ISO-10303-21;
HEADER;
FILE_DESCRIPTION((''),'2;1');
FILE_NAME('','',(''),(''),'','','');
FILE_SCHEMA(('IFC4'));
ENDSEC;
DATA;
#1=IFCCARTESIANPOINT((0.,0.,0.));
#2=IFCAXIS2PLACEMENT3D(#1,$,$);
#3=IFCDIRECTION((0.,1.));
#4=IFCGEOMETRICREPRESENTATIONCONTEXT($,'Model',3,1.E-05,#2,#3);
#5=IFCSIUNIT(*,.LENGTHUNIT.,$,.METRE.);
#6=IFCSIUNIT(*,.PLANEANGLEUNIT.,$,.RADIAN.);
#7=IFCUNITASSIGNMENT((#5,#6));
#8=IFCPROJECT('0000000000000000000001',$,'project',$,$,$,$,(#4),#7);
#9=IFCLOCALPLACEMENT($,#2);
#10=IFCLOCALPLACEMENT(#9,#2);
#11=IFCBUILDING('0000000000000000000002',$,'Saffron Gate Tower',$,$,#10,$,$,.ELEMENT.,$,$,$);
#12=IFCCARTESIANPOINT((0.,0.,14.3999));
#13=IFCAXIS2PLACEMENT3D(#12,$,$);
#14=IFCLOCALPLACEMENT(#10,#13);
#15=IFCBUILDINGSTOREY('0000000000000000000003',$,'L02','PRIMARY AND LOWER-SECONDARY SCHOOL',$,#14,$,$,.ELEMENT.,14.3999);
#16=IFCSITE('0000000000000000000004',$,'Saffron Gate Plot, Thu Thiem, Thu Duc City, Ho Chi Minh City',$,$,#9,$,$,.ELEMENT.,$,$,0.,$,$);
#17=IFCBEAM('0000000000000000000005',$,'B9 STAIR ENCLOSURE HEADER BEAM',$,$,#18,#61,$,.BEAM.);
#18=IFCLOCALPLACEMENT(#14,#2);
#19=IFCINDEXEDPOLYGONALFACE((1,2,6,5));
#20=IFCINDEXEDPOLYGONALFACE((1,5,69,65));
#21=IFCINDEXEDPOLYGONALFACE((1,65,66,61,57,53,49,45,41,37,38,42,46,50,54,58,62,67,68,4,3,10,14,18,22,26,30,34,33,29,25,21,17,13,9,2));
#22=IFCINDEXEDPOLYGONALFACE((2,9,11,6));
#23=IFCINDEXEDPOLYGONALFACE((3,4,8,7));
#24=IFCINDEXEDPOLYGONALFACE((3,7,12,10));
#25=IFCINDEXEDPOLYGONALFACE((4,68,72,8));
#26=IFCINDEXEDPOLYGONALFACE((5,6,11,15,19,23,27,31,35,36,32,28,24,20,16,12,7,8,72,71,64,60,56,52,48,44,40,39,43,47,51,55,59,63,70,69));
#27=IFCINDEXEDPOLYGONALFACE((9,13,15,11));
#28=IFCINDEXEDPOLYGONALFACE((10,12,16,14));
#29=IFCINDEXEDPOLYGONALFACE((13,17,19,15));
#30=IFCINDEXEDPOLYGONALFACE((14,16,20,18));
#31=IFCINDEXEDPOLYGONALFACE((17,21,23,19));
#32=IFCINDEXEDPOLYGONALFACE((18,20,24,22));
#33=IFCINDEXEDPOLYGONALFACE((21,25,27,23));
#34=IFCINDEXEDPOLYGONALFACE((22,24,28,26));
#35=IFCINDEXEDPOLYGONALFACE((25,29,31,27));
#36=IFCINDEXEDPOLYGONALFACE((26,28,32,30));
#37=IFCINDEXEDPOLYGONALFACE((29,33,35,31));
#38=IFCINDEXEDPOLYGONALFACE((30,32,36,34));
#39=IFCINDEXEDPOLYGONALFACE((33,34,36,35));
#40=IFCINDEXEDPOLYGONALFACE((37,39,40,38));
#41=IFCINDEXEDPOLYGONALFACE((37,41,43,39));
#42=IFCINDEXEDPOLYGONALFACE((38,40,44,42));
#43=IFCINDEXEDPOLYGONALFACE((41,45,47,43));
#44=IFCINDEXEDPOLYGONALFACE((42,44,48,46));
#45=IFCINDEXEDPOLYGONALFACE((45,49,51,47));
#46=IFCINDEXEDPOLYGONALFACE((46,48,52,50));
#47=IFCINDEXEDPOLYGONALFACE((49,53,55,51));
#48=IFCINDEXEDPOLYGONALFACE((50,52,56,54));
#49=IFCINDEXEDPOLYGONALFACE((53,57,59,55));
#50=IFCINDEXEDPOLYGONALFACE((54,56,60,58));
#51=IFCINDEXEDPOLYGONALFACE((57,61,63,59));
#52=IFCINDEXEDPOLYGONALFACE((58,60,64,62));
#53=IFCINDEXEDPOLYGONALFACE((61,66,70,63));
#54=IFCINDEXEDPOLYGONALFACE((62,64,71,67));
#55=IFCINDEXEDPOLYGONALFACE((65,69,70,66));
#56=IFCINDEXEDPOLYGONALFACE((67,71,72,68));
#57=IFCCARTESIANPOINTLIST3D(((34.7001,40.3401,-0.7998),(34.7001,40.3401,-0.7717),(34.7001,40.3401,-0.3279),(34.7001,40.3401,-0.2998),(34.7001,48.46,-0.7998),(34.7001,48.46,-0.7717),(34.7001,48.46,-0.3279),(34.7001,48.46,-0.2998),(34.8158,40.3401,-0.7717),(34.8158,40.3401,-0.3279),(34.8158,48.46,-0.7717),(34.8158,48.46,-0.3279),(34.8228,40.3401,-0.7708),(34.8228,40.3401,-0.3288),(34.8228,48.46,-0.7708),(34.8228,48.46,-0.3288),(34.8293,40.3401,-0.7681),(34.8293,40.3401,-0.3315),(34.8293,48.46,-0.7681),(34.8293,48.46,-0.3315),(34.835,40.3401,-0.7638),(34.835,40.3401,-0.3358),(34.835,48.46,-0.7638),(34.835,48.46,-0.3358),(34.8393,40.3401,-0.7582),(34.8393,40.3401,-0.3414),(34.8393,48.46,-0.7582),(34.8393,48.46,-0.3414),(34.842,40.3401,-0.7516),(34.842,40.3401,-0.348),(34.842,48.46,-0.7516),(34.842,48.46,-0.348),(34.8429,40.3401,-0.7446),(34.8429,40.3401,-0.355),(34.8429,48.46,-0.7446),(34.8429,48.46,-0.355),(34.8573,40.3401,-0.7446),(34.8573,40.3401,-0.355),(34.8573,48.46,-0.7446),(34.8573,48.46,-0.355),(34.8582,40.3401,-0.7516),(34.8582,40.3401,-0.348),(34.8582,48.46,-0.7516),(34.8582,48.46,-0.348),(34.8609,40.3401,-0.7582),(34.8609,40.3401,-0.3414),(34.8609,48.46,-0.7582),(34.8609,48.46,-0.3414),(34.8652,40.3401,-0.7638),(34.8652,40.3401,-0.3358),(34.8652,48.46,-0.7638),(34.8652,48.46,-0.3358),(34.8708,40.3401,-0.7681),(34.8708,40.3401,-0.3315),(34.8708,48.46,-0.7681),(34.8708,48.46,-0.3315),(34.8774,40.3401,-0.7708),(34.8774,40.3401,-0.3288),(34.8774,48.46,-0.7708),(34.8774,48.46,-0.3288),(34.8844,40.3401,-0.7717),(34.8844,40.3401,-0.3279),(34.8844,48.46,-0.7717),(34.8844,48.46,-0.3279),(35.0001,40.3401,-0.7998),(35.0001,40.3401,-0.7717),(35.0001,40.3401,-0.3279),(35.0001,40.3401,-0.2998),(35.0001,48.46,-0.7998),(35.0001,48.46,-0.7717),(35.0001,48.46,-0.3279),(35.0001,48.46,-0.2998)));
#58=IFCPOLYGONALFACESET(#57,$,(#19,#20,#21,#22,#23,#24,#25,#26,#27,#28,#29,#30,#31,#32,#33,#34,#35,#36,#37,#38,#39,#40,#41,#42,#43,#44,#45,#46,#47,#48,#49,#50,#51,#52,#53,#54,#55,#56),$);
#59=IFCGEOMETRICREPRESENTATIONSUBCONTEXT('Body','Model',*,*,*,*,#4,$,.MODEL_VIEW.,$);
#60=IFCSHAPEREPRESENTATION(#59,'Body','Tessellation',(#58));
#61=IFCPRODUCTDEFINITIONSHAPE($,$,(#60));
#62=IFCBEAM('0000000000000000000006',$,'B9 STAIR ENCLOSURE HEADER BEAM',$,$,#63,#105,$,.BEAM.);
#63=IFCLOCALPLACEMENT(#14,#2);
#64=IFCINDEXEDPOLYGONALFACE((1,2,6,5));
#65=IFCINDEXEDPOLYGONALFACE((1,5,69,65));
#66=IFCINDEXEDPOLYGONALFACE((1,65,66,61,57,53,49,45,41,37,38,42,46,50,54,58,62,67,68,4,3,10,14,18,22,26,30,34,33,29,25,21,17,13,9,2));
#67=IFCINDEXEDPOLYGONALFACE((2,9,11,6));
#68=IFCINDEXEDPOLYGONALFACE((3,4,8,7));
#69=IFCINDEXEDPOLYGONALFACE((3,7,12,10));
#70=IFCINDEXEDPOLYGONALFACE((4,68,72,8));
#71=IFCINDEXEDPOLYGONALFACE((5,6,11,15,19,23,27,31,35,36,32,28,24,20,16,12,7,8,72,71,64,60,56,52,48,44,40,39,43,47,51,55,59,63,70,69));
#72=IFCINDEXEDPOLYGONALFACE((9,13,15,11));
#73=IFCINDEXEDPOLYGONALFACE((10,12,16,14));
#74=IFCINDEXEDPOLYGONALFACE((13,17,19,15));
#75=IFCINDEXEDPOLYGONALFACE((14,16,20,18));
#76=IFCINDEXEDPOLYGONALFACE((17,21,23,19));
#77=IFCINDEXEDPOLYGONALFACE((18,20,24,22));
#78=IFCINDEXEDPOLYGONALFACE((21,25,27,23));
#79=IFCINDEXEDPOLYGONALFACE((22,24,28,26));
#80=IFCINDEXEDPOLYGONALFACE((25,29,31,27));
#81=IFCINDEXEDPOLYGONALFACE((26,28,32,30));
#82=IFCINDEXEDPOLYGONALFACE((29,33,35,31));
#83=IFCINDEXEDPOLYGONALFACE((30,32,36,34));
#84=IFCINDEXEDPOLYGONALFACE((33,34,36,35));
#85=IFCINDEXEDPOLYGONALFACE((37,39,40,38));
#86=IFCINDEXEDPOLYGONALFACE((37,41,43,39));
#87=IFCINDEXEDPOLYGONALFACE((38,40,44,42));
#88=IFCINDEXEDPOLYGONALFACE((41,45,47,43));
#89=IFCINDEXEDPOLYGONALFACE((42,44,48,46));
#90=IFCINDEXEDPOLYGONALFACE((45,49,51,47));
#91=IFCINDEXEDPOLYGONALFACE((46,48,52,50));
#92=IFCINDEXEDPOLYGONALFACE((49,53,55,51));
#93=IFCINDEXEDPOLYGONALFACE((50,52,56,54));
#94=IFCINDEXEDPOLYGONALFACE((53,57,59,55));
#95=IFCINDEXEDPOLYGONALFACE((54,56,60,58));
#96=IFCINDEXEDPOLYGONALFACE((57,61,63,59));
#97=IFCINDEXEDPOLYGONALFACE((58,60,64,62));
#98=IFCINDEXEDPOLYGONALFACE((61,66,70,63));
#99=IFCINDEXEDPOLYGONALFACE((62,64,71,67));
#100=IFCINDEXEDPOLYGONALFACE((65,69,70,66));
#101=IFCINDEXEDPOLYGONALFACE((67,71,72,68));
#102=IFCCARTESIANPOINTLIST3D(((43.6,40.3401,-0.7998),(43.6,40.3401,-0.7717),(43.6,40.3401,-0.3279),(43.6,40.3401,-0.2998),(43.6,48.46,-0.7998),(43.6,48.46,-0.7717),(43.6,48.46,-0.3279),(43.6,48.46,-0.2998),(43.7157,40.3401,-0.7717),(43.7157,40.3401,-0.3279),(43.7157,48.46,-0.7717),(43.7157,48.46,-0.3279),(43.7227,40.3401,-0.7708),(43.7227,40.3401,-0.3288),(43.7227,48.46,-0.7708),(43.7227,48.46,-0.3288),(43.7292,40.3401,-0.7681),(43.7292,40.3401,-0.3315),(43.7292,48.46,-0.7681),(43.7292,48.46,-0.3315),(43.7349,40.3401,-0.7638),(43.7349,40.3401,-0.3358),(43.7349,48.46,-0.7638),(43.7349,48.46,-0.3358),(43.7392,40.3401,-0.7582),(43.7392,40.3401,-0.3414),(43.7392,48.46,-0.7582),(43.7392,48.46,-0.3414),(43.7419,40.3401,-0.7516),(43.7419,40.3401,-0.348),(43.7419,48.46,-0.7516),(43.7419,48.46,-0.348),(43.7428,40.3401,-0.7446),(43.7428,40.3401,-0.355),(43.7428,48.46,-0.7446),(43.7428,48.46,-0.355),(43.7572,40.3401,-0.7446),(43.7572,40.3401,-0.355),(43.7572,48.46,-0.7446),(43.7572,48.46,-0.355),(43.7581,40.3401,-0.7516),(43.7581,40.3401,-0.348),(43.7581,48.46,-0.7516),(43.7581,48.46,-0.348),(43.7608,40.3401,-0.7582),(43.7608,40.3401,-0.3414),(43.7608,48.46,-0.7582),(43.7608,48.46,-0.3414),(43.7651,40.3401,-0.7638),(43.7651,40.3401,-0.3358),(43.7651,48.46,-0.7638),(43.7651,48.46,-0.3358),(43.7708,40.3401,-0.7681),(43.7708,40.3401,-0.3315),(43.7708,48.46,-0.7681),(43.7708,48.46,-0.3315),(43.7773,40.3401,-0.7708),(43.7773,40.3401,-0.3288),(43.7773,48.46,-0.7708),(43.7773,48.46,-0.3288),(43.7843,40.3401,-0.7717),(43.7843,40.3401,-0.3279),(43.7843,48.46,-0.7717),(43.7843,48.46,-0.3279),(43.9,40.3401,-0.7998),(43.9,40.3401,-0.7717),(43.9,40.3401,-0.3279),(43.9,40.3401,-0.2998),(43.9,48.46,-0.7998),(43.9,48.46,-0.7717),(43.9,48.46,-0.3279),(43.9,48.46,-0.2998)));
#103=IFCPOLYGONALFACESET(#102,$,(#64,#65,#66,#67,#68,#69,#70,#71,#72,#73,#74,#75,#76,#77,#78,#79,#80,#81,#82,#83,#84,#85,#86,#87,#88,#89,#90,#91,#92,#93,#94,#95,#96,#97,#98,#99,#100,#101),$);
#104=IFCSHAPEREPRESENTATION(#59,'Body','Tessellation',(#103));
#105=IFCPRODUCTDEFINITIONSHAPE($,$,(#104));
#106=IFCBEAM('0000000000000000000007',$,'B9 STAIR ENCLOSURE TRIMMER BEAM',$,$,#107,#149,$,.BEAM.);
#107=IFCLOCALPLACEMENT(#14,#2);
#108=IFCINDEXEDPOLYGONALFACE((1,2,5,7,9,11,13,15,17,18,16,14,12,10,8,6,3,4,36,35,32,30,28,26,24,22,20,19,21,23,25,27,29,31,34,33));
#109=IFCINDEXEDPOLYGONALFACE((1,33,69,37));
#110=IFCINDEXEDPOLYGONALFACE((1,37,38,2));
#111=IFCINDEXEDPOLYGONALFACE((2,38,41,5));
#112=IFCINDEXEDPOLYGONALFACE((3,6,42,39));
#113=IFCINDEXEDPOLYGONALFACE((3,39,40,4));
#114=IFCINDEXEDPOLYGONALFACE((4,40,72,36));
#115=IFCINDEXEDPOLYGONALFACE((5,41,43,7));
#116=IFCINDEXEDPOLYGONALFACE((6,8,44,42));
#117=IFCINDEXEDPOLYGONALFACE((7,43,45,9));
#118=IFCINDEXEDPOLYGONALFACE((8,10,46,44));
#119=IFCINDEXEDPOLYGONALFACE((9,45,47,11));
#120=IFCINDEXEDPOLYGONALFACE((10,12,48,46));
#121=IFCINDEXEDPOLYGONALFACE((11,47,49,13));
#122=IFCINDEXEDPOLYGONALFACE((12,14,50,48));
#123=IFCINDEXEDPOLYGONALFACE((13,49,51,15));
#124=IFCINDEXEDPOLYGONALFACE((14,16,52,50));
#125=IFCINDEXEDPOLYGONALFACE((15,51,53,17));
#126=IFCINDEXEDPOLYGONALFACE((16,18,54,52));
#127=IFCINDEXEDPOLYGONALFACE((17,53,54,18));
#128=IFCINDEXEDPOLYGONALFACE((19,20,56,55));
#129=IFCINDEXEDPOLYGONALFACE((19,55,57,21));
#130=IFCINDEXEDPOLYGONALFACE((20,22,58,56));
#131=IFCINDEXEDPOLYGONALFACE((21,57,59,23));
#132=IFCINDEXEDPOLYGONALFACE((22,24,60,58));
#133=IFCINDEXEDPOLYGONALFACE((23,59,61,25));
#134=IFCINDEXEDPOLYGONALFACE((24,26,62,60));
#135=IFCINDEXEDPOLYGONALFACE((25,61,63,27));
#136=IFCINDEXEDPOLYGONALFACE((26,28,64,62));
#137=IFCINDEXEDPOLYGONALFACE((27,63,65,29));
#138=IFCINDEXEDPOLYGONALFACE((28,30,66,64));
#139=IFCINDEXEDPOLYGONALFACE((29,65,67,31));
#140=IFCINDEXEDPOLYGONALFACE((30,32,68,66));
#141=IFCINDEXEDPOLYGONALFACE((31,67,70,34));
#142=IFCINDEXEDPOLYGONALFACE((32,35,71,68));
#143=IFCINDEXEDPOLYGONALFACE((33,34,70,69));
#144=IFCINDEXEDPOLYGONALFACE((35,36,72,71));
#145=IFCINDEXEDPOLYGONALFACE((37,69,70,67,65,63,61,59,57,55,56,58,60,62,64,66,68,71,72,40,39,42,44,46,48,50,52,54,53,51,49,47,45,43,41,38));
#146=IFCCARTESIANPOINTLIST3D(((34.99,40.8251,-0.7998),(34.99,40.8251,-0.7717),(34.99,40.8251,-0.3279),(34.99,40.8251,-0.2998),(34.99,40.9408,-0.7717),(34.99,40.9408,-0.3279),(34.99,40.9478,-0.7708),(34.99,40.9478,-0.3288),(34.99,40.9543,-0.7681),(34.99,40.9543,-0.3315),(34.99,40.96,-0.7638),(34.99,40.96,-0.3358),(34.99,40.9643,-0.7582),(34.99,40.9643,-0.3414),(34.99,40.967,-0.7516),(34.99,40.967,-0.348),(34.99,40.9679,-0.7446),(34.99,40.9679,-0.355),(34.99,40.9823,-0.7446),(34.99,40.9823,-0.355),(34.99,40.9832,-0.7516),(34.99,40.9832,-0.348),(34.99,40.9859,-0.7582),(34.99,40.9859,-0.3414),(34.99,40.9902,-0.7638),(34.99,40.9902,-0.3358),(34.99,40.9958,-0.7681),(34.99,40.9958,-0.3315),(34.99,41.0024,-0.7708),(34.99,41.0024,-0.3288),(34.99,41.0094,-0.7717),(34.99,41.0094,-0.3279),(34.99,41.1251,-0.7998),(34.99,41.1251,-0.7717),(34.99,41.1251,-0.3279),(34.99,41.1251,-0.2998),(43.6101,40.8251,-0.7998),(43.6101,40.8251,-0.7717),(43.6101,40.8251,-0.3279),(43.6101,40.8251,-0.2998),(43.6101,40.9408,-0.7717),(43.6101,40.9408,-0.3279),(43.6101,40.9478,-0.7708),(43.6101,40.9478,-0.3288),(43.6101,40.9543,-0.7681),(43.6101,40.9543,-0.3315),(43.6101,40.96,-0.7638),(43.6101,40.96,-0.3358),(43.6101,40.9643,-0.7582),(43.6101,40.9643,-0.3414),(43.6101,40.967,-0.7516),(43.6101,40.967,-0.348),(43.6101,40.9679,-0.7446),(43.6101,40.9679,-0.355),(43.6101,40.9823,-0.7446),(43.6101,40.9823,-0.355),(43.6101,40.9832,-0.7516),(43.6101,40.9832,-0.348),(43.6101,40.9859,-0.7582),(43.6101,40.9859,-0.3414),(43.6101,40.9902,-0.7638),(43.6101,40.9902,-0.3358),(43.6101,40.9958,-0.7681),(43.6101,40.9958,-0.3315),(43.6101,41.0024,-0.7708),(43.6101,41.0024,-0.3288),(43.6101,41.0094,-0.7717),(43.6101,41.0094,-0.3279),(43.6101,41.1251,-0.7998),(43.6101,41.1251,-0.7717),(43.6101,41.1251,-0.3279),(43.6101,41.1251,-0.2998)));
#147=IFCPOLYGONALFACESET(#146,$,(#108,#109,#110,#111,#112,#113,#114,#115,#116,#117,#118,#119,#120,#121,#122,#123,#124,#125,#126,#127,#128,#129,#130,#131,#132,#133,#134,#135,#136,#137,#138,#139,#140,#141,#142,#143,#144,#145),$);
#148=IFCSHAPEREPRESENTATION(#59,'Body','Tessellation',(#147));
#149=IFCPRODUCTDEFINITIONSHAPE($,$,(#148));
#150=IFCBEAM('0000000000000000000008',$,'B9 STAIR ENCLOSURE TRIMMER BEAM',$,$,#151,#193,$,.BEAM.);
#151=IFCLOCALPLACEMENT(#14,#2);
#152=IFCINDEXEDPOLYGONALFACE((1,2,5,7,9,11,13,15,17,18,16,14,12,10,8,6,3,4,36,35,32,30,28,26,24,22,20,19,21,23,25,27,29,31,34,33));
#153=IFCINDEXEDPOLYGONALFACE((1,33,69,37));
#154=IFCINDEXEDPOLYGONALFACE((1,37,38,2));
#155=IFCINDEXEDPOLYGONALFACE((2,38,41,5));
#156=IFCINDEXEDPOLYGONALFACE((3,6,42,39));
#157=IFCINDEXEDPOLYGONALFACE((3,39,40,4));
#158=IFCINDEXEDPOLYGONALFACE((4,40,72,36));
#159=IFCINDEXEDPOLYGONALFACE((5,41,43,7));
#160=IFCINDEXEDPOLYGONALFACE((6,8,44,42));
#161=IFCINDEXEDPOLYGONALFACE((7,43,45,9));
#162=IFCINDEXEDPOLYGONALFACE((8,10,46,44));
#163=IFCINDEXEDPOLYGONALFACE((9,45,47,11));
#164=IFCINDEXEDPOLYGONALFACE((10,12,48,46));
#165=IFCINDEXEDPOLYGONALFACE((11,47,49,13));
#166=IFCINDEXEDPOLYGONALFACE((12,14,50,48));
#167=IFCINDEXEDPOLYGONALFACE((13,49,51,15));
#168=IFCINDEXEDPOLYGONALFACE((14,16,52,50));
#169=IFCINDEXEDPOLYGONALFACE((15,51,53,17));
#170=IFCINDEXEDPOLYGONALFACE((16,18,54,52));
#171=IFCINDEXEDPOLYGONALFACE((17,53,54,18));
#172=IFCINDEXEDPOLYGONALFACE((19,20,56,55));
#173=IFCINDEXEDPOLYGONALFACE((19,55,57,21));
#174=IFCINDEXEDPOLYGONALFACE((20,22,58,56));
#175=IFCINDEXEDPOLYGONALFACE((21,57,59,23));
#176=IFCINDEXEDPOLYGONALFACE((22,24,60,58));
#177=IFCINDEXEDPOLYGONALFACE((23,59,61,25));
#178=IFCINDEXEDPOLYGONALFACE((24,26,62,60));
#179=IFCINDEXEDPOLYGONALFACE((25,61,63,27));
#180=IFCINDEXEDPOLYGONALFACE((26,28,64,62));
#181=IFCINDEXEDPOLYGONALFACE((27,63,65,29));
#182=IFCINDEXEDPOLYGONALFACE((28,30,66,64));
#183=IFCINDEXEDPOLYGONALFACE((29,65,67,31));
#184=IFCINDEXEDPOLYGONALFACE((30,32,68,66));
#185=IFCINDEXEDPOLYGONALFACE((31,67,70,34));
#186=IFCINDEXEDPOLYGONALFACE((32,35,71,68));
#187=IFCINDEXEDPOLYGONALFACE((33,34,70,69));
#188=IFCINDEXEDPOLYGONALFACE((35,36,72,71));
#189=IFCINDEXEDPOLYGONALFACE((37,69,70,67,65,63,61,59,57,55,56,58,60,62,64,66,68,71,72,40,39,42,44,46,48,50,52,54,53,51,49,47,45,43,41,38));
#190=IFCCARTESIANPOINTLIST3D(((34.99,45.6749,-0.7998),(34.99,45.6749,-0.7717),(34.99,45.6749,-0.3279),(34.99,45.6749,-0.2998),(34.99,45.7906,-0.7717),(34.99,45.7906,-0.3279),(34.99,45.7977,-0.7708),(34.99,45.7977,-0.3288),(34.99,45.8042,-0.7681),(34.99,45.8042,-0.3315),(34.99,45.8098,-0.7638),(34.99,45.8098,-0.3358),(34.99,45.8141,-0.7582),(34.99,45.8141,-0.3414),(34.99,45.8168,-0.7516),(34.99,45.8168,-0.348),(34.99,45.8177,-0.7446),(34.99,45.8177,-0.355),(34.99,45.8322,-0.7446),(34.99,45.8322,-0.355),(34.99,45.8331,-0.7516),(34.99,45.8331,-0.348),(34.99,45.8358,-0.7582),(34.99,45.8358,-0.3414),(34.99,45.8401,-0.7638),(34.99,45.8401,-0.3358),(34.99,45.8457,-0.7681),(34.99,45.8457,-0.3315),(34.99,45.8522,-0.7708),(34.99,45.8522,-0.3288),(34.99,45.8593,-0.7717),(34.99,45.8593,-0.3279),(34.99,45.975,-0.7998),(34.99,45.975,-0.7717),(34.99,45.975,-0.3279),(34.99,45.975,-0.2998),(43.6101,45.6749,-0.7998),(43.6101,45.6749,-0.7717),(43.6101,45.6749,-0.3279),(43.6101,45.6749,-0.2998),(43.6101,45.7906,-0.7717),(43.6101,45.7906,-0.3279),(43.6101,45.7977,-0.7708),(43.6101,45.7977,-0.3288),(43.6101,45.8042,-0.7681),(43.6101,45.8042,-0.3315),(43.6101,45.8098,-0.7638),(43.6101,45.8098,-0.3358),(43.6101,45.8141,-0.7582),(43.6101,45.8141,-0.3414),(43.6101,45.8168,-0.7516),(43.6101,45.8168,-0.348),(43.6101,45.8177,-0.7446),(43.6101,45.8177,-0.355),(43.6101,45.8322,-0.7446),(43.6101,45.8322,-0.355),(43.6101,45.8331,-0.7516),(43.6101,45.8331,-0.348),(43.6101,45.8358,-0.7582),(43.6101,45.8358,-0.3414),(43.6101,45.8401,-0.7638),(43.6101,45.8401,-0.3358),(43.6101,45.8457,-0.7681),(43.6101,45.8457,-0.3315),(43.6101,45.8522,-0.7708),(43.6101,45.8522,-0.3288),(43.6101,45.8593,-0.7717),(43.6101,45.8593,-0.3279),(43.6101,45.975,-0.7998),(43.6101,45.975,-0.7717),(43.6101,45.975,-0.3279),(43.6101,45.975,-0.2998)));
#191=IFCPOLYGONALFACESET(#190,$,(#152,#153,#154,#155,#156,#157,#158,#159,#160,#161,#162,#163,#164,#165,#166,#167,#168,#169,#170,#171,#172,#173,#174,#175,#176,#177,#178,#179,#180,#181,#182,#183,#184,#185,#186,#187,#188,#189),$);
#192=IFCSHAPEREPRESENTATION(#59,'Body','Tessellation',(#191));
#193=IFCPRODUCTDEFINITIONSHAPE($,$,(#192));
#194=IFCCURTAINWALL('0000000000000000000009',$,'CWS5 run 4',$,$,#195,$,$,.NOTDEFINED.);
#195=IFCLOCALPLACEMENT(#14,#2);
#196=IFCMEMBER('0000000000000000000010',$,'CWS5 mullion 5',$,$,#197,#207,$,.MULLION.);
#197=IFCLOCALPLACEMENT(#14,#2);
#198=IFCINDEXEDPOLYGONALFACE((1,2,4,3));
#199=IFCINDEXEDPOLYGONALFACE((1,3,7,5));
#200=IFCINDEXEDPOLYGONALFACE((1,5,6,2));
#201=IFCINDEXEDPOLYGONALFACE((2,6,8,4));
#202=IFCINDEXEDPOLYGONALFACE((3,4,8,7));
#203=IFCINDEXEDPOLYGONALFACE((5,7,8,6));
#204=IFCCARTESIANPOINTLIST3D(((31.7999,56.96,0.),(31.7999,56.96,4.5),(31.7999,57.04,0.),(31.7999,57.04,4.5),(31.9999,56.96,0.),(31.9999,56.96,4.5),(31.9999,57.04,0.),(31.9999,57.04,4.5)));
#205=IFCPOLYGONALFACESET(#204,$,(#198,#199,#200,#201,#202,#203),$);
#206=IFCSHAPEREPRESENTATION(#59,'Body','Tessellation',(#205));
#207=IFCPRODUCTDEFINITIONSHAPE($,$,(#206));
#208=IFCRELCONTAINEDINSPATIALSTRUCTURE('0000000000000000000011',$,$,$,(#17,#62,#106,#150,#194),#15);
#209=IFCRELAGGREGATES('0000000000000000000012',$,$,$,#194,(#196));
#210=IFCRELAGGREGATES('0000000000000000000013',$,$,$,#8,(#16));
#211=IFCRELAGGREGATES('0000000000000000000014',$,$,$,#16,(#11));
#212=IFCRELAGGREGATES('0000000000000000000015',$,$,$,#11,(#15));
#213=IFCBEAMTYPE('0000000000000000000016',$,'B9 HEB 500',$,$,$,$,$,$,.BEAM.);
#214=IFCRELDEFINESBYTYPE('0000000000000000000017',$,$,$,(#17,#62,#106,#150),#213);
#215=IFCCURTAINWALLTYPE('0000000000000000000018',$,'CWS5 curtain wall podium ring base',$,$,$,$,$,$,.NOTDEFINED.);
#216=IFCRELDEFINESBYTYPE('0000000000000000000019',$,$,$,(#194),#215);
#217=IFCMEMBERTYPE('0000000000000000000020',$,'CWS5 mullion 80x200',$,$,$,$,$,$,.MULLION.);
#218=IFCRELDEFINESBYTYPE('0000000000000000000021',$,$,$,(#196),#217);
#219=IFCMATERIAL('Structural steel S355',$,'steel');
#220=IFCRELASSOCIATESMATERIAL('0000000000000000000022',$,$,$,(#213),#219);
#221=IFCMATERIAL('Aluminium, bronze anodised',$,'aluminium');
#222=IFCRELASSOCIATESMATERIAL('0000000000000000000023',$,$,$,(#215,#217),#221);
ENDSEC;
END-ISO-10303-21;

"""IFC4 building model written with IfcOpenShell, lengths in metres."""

from ifc_helpers import new_model, si_unit, direction, frame, origin, origin_2d, place, context, subcontext, project, spatial, rectangle, i_section, extrude, material, material_profile, profile_set, type_object, element, aggregate, save


model = new_model("IFC4")

# Units and contexts
model_context = context("Model", 3, precision=1e-05, world=origin(), true_north=direction((0.0, 1.0)))
body_context = subcontext(model_context, "Body", "Model", "MODEL_VIEW")
ifc_project = project(units=[si_unit("LENGTHUNIT", "METRE"), si_unit("PLANEANGLEUNIT", "RADIAN")], contexts=[model_context])

# Site, building, storey
site_placement = place(None, origin())
site = spatial("IfcSite", under=ifc_project, at=site_placement, Name="Saffron Gate Plot, Thu Thiem, Thu Duc City, Ho Chi Minh City", CompositionType="ELEMENT", RefElevation=0.0)
building_placement = place(site_placement, origin())
building = spatial("IfcBuilding", under=site, at=building_placement, Name="Saffron Gate Tower", CompositionType="ELEMENT")
storey_placement = place(building_placement, frame((0.0, 0.0, 14.3999)))
storey = spatial("IfcBuildingStorey", under=building, at=storey_placement, Name="L02", Description="PRIMARY AND LOWER-SECONDARY SCHOOL", CompositionType="ELEMENT", Elevation=14.3999)

# Beams
ifc_material_1 = material(Name="Structural steel S355", Category="steel")
ifc_material_profile_1 = material_profile(ifc_material_1, i_section(OverallWidth=0.3, OverallDepth=0.5, WebThickness=0.0144, FlangeThickness=0.0281, FilletRadius=0.0271, at=origin_2d()))
ifc_profile_set_1 = profile_set([ifc_material_profile_1], Name="Structural steel S355")
beam_type_1 = type_object("IfcBeamType", Name="B9 HEB 500", PredefinedType="BEAM", material=ifc_profile_set_1)
for number, where, z_axis, x_axis, name in (
    (1, (34.8501, 40.3401, -0.5498), (0.0, 1.0, 0.0), (-1.0, 0.0, 0.0), "B9 STAIR ENCLOSURE HEADER BEAM"),
    (2, (43.75, 40.3401, -0.5498), (0.0, 1.0, 0.0), (-1.0, 0.0, 0.0), "B9 STAIR ENCLOSURE HEADER BEAM"),
):
    element("IfcBeam", number, at=place(storey_placement, frame(where, z_axis=z_axis, x_axis=x_axis)), inside=storey, type_object=beam_type_1, Name=name, PredefinedType="BEAM", context=body_context, shape_type="SweptSolid", body=[
        extrude(i_section(OverallWidth=0.3, OverallDepth=0.5, WebThickness=0.0144, FlangeThickness=0.0281, FilletRadius=0.0271, at=origin_2d()), origin(), (0.0, 0.0, 1.0), 8.1199),
    ])
for number, where, z_axis, x_axis, name in (
    (3, (34.99, 40.9751, -0.5498), (1.0, 0.0, 0.0), (0.0, 1.0, 0.0), "B9 STAIR ENCLOSURE TRIMMER BEAM"),
    (4, (34.99, 45.825, -0.5498), (1.0, 0.0, 0.0), (0.0, 1.0, 0.0), "B9 STAIR ENCLOSURE TRIMMER BEAM"),
):
    element("IfcBeam", number, at=place(storey_placement, frame(where, z_axis=z_axis, x_axis=x_axis)), inside=storey, type_object=beam_type_1, Name=name, PredefinedType="BEAM", context=body_context, shape_type="SweptSolid", body=[
        extrude(i_section(OverallWidth=0.3, OverallDepth=0.5, WebThickness=0.0144, FlangeThickness=0.0281, FilletRadius=0.0271, at=origin_2d()), origin(), (0.0, 0.0, 1.0), 8.6201),
    ])

# Curtain wall, member
ifc_material_2 = material(Name="Aluminium, bronze anodised", Category="aluminium")
curtain_wall_type = type_object("IfcCurtainWallType", Name="CWS5 curtain wall podium ring base", PredefinedType="NOTDEFINED", material=ifc_material_2)
curtain_wall_placement = place(storey_placement, origin())
curtain_wall = element("IfcCurtainWall", 5, at=curtain_wall_placement, inside=storey, type_object=curtain_wall_type, Name="CWS5 run 4", PredefinedType="NOTDEFINED")
ifc_material_profile_2 = material_profile(ifc_material_2, rectangle(XDim=0.2, YDim=0.0801, at=origin_2d()))
ifc_profile_set_2 = profile_set([ifc_material_profile_2], Name="Aluminium, bronze anodised")
member_type = type_object("IfcMemberType", Name="CWS5 mullion 80x200", PredefinedType="MULLION", material=ifc_profile_set_2)
member_1_placement = place(storey_placement, frame((31.8999, 57.0, 0.0), z_axis=(0.0, 0.0, 1.0), x_axis=(1.0, 0.0, 0.0)))
member_1 = element("IfcMember", 6, at=member_1_placement, type_object=member_type, Name="CWS5 mullion 5", PredefinedType="MULLION", context=body_context, shape_type="SweptSolid", body=[
    extrude(rectangle(XDim=0.2, YDim=0.0801, at=origin_2d()), origin(), (0.0, 0.0, 1.0), 4.5),
])
aggregate(curtain_wall, [member_1])

save(model, "model.ifc")
